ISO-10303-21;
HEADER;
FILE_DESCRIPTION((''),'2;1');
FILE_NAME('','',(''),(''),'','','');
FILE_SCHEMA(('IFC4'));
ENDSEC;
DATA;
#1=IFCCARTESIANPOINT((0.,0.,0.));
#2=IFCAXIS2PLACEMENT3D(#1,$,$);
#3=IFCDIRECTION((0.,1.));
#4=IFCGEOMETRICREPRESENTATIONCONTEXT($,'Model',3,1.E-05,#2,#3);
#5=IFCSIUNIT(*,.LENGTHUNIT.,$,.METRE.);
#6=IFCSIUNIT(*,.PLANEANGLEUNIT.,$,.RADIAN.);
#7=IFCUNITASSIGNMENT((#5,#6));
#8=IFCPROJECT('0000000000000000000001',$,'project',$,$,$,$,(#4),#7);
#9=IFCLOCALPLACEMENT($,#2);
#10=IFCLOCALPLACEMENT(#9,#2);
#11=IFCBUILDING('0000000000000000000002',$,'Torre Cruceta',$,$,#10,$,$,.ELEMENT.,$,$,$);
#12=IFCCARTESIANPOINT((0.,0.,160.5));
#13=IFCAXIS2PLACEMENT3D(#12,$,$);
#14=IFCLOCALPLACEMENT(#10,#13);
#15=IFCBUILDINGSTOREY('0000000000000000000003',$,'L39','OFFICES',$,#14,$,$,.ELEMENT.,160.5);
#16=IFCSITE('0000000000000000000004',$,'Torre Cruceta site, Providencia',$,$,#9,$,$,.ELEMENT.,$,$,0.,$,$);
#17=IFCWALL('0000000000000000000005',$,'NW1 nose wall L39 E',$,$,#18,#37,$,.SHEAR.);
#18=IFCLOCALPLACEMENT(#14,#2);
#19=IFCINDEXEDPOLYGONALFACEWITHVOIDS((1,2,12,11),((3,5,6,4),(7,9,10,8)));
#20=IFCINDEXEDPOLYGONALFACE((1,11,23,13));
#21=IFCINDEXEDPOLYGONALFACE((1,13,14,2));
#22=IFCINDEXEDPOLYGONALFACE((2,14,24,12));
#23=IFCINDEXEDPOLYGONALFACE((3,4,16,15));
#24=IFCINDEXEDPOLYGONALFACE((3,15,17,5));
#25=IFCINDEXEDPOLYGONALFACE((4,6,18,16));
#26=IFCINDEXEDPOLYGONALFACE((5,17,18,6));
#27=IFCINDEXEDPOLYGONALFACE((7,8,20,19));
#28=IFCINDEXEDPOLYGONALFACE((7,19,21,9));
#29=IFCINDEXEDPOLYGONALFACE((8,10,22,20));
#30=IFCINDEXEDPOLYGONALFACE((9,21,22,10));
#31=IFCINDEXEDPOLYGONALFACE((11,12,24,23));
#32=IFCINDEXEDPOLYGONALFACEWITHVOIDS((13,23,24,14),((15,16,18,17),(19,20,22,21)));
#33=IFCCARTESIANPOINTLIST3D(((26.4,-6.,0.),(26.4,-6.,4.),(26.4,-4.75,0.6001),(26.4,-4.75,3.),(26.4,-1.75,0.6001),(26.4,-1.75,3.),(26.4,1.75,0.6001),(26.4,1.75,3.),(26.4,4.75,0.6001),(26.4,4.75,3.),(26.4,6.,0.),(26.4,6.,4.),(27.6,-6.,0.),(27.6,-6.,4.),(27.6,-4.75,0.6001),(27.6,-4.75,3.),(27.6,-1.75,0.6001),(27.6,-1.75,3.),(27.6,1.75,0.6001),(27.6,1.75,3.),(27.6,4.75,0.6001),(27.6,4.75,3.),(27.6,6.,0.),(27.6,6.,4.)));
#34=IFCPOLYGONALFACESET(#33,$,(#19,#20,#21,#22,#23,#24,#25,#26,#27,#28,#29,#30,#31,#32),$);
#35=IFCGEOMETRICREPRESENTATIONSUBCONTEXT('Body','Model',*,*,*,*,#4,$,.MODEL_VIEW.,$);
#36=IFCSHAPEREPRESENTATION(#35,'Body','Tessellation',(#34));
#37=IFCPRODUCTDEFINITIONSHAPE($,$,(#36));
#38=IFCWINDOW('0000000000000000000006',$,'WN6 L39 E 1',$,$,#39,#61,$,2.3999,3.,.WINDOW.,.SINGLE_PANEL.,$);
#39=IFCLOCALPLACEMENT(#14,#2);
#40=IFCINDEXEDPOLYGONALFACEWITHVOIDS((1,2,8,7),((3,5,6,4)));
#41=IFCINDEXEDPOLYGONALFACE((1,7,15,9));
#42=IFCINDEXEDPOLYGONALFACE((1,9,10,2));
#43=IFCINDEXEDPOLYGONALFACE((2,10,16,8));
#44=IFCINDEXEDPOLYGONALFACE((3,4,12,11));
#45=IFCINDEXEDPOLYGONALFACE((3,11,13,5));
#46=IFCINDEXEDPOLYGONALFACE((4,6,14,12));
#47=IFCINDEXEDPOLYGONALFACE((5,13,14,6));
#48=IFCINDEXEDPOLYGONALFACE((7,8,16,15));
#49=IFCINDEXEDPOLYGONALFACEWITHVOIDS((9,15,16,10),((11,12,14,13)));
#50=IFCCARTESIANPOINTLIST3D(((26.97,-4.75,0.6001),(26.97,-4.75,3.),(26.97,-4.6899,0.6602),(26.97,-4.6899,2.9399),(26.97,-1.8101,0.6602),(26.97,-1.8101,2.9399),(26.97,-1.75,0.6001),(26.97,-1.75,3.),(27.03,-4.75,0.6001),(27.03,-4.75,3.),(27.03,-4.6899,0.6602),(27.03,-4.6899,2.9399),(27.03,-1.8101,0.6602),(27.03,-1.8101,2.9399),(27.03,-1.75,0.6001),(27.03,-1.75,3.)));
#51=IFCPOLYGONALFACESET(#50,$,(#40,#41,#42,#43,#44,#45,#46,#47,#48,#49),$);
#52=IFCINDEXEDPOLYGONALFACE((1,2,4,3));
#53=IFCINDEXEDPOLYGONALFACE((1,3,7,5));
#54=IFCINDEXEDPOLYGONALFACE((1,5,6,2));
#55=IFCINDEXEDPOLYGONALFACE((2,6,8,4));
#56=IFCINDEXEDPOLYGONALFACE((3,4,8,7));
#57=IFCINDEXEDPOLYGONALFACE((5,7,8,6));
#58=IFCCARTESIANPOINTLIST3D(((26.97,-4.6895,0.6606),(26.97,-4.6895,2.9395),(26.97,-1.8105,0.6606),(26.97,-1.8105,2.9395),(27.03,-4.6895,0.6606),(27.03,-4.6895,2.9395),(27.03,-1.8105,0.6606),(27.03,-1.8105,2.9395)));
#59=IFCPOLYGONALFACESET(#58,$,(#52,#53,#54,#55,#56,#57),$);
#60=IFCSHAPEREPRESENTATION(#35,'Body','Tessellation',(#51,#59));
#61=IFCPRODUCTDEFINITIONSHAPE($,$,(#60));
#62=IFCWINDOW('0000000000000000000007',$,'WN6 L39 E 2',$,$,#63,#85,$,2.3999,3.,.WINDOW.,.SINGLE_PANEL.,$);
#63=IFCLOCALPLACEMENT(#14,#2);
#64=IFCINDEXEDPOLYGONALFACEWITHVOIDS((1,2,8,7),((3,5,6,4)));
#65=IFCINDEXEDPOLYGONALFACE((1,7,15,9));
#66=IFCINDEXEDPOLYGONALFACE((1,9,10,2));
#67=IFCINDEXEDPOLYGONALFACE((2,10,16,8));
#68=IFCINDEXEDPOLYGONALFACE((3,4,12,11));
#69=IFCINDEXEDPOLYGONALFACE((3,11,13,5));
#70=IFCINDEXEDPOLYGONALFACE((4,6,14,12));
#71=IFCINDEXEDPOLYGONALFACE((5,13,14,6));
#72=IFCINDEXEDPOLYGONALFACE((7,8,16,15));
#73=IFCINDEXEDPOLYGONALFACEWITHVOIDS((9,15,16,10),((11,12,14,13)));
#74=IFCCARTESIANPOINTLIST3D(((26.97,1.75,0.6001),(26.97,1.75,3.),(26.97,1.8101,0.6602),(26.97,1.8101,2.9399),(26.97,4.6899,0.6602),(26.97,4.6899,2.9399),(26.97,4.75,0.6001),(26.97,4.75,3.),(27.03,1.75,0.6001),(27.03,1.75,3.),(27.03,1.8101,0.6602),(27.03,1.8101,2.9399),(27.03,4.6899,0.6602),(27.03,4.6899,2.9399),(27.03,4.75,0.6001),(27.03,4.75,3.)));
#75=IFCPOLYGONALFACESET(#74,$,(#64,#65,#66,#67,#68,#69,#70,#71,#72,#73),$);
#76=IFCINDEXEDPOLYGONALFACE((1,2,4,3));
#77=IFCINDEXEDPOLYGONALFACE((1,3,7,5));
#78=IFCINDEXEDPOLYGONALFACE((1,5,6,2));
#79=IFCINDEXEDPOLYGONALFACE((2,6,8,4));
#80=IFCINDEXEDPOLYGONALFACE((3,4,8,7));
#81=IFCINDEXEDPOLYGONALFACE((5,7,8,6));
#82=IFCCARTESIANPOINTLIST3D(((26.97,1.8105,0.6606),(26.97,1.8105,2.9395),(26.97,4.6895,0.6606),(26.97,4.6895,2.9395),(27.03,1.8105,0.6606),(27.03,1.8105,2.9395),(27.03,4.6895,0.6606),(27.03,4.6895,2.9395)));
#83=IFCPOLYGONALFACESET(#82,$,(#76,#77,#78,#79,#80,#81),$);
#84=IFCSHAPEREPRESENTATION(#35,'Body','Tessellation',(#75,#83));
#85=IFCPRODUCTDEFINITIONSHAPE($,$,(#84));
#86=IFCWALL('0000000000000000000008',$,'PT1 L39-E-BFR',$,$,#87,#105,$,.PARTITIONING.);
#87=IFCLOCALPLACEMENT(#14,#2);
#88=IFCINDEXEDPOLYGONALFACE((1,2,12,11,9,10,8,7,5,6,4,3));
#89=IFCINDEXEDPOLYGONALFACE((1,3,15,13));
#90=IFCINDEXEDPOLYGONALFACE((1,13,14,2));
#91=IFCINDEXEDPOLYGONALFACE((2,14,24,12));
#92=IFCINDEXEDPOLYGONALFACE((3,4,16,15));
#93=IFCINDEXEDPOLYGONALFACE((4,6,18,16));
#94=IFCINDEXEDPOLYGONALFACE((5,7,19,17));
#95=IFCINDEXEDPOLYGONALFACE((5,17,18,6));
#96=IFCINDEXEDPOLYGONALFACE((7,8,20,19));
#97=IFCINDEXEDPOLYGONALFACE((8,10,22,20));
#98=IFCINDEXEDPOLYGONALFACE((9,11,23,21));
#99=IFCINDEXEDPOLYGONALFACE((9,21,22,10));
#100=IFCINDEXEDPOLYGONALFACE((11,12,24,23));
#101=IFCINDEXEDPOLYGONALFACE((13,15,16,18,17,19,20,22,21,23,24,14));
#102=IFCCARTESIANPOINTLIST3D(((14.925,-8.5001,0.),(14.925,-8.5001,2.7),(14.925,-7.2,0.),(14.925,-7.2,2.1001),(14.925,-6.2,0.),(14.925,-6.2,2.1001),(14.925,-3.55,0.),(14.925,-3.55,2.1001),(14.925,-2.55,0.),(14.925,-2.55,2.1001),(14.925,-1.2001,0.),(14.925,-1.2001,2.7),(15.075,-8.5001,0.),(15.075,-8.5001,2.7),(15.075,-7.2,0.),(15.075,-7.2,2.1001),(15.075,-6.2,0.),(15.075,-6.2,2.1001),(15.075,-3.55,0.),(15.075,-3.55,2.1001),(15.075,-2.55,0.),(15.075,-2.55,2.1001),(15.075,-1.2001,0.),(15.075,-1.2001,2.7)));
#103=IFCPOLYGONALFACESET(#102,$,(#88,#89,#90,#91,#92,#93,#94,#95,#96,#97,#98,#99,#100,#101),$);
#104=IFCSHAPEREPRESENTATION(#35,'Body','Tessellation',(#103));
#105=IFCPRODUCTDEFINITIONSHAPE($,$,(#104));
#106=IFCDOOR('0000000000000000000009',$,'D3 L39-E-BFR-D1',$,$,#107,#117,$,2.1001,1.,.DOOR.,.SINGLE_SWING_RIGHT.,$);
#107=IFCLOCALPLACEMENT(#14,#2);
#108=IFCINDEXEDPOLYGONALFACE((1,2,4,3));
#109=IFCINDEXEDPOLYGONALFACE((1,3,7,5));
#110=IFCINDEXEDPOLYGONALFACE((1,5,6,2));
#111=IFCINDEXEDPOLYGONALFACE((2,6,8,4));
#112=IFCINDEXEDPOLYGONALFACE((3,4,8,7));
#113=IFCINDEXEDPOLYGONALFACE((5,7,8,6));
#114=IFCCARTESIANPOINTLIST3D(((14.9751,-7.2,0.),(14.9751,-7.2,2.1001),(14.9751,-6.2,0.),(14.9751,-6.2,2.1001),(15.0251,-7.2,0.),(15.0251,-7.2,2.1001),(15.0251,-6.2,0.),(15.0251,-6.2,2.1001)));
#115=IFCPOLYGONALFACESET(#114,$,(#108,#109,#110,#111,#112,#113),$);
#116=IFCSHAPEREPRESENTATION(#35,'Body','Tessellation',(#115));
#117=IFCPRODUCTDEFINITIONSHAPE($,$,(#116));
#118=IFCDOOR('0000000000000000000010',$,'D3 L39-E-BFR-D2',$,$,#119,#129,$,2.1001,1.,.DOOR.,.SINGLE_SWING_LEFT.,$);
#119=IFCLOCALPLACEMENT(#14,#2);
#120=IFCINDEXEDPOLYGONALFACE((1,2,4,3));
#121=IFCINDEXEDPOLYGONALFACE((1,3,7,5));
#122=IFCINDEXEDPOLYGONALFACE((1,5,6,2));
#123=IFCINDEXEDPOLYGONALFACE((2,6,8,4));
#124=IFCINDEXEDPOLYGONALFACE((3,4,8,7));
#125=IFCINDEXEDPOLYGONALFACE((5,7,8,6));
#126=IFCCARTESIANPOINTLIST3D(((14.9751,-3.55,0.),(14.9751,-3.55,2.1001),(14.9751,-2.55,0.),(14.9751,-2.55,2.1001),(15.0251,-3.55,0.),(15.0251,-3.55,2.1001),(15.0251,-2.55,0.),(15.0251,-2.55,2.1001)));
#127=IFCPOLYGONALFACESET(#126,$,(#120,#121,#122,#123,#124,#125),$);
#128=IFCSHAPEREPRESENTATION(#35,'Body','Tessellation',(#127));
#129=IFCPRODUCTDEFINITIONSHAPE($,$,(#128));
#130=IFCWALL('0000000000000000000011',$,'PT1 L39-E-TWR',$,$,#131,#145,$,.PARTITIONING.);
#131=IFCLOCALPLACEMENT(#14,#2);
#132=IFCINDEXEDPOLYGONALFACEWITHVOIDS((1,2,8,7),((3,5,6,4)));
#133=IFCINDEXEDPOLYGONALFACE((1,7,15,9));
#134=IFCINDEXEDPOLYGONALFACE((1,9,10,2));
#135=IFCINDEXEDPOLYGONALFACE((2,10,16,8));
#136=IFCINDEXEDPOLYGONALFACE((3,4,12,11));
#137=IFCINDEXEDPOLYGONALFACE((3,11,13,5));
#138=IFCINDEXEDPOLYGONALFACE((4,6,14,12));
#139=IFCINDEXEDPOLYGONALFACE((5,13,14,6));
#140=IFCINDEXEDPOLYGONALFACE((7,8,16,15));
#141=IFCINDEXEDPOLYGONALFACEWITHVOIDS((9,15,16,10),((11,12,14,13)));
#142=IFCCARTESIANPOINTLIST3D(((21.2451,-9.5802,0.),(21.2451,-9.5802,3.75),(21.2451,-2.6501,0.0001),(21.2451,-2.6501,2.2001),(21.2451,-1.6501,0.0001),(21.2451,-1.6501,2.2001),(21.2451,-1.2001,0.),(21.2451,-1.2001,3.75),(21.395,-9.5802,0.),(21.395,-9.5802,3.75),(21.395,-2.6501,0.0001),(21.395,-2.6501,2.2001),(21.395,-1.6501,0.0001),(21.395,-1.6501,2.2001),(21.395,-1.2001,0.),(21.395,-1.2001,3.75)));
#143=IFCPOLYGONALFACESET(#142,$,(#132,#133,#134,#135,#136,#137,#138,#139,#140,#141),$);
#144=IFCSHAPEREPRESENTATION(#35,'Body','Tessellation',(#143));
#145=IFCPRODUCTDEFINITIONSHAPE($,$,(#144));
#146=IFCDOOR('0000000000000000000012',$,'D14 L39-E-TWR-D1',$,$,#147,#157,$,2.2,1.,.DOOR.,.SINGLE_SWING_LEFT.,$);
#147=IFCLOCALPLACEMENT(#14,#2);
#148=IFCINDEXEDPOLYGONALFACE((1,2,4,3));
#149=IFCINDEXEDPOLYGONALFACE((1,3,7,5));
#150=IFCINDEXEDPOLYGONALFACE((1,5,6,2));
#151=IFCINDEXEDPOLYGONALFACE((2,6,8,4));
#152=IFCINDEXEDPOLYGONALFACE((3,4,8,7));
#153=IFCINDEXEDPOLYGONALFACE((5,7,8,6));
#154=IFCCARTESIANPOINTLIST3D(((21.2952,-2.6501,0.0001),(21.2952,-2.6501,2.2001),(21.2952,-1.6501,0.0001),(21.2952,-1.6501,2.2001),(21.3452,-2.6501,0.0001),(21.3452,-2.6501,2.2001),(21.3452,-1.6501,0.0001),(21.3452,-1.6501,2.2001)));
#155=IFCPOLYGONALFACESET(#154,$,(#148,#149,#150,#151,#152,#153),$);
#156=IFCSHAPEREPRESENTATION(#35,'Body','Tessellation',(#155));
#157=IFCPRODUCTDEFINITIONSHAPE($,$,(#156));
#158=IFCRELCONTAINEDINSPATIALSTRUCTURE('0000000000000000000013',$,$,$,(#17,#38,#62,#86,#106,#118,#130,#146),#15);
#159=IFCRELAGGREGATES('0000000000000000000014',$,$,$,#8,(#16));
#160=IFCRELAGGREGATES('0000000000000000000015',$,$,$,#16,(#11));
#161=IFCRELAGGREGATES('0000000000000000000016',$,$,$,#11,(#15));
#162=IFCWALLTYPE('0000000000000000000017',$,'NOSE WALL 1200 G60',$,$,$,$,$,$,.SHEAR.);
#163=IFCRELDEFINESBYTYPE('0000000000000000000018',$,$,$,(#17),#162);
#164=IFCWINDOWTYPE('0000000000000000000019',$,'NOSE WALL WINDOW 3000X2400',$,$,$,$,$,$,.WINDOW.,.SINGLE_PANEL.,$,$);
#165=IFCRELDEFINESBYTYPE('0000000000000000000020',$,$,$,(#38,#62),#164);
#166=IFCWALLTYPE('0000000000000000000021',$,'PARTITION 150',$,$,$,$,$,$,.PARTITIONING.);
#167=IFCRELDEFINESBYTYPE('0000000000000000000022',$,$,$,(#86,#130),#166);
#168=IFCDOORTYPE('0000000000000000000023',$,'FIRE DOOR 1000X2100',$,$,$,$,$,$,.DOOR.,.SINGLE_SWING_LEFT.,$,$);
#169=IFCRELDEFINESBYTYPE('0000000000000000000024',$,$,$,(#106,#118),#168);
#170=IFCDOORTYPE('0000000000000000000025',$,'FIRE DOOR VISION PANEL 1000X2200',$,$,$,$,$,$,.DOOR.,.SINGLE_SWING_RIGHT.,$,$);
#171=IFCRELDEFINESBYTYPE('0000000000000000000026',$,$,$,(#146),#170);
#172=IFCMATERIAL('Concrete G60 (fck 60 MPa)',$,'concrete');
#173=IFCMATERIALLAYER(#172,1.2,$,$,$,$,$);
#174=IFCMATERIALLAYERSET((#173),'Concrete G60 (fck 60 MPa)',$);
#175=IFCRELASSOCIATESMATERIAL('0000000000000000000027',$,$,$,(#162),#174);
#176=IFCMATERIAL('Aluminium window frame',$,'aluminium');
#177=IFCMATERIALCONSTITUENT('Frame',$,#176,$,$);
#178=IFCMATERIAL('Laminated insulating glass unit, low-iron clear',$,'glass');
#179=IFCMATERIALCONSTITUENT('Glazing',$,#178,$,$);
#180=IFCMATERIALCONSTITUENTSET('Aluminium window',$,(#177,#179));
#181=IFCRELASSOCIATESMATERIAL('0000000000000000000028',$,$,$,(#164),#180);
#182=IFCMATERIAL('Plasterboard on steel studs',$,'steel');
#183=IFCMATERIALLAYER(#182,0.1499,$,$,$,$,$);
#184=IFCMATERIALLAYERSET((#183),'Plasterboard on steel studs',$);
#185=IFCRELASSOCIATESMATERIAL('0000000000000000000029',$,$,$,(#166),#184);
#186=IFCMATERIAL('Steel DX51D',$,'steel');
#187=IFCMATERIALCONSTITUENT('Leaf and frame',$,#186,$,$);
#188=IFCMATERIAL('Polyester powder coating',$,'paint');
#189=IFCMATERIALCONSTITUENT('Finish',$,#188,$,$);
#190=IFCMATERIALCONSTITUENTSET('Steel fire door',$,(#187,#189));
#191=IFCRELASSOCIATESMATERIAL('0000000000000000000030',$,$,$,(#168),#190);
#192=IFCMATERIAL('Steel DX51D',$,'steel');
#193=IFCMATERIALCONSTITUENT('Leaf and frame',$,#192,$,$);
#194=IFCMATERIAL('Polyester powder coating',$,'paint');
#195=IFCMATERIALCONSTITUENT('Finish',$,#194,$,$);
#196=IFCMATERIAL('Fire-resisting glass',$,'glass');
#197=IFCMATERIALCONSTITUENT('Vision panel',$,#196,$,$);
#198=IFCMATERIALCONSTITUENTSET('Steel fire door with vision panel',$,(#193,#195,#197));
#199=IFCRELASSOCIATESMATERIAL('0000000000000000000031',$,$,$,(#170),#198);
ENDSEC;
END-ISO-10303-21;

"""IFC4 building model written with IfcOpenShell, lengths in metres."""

from ifc_helpers import new_model, si_unit, direction, frame, frame_2d, origin, place, context, subcontext, project, spatial, rectangle, hollow_rectangle, extrude, material, layer, layer_set, constituent, constituent_set, type_object, element, fill, save


model = new_model("IFC4")

# Units and contexts
model_context = context("Model", 3, precision=1e-05, world=origin(), true_north=direction((0.0, 1.0)))
body_context = subcontext(model_context, "Body", "Model", "MODEL_VIEW")
ifc_project = project(units=[si_unit("LENGTHUNIT", "METRE"), si_unit("PLANEANGLEUNIT", "RADIAN")], contexts=[model_context])

# Site, building, storey
site_placement = place(None, origin())
site = spatial("IfcSite", under=ifc_project, at=site_placement, Name="Torre Cruceta site, Providencia", CompositionType="ELEMENT", RefElevation=0.0)
building_placement = place(site_placement, origin())
building = spatial("IfcBuilding", under=site, at=building_placement, Name="Torre Cruceta", CompositionType="ELEMENT")
storey_placement = place(building_placement, frame((0.0, 0.0, 160.5)))
storey = spatial("IfcBuildingStorey", under=building, at=storey_placement, Name="L39", Description="OFFICES", CompositionType="ELEMENT", Elevation=160.5)

# Wall, openings, windows
ifc_material_1 = material(Name="Concrete G60 (fck 60 MPa)", Category="concrete")
ifc_layer_1 = layer(ifc_material_1, 1.2)
ifc_layer_set_1 = layer_set([ifc_layer_1], Name="Concrete G60 (fck 60 MPa)")
wall_type_1 = type_object("IfcWallType", Name="NOSE WALL 1200 G60", PredefinedType="SHEAR", material=ifc_layer_set_1)
wall_1_placement = place(storey_placement, frame((27.0, -6.0, 0.0), z_axis=(0.0, 0.0, 1.0), x_axis=(0.0, 1.0, 0.0)))
wall_1 = element("IfcWall", 1, at=wall_1_placement, inside=storey, type_object=wall_type_1, Name="NW1 nose wall L39 E", PredefinedType="SHEAR", context=body_context, shape_type="SweptSolid", body=[
    extrude(rectangle(XDim=12.0, YDim=1.2, at=frame_2d((6.0, 0.0))), origin(), (0.0, 0.0, 1.0), 4.0),
])
opening_1_placement = place(wall_1_placement, frame((1.25, 0.0, 0.6001)))
opening_1 = element("IfcOpeningElement", 2, at=opening_1_placement, cuts=wall_1, PredefinedType="OPENING", context=body_context, shape_type="SweptSolid", body=[
    extrude(rectangle(XDim=3.0, YDim=2.3999, at=frame_2d((1.5, 1.2))), frame((0.0, 0.6099, 0.0), z_axis=(0.0, -1.0, 0.0), x_axis=(1.0, 0.0, 0.0)), (0.0, 0.0, 1.0), 1.22),
])
opening_2_placement = place(wall_1_placement, frame((7.75, 0.0, 0.6001)))
opening_2 = element("IfcOpeningElement", 3, at=opening_2_placement, cuts=wall_1, PredefinedType="OPENING", context=body_context, shape_type="SweptSolid", body=[
    extrude(rectangle(XDim=3.0, YDim=2.3999, at=frame_2d((1.5, 1.2))), frame((0.0, 0.6099, 0.0), z_axis=(0.0, -1.0, 0.0), x_axis=(1.0, 0.0, 0.0)), (0.0, 0.0, 1.0), 1.22),
])
ifc_material_2 = material(Name="Aluminium window frame", Category="aluminium")
ifc_constituent_1 = constituent(ifc_material_2, Name="Frame")
ifc_material_3 = material(Name="Laminated insulating glass unit, low-iron clear", Category="glass")
ifc_constituent_2 = constituent(ifc_material_3, Name="Glazing")
ifc_constituent_set_1 = constituent_set(constituents=[ifc_constituent_1, ifc_constituent_2], Name="Aluminium window")
window_type_1 = type_object("IfcWindowType", Name="NOSE WALL WINDOW 3000X2400", PartitioningType="SINGLE_PANEL", PredefinedType="WINDOW", material=ifc_constituent_set_1)
window_1_placement = place(opening_1_placement, origin())
window_1 = element("IfcWindow", 4, at=window_1_placement, inside=storey, type_object=window_type_1, Name="WN6 L39 E 1", OverallHeight=2.3999, OverallWidth=3.0, PartitioningType="SINGLE_PANEL", PredefinedType="WINDOW", context=body_context, shape_type="SweptSolid", body=[
    extrude(hollow_rectangle(XDim=3.0, YDim=2.3999, WallThickness=0.0601, at=frame_2d((1.5, 1.2))), frame((0.0, 0.03, 0.0), z_axis=(0.0, -1.0, 0.0), x_axis=(1.0, 0.0, 0.0)), (0.0, 0.0, 1.0), 0.0601),
    extrude(rectangle(XDim=2.8789, YDim=2.2788, at=frame_2d((1.5, 1.2))), frame((0.0, 0.03, 0.0), z_axis=(0.0, -1.0, 0.0), x_axis=(1.0, 0.0, 0.0)), (0.0, 0.0, 1.0), 0.0601),
])
fill(opening_1, window_1)
window_2_placement = place(opening_2_placement, origin())
window_2 = element("IfcWindow", 5, at=window_2_placement, inside=storey, type_object=window_type_1, Name="WN6 L39 E 2", OverallHeight=2.3999, OverallWidth=3.0, PartitioningType="SINGLE_PANEL", PredefinedType="WINDOW", context=body_context, shape_type="SweptSolid", body=[
    extrude(hollow_rectangle(XDim=3.0, YDim=2.3999, WallThickness=0.0601, at=frame_2d((1.5, 1.2))), frame((0.0, 0.03, 0.0), z_axis=(0.0, -1.0, 0.0), x_axis=(1.0, 0.0, 0.0)), (0.0, 0.0, 1.0), 0.0601),
    extrude(rectangle(XDim=2.8789, YDim=2.2788, at=frame_2d((1.5, 1.2))), frame((0.0, 0.03, 0.0), z_axis=(0.0, -1.0, 0.0), x_axis=(1.0, 0.0, 0.0)), (0.0, 0.0, 1.0), 0.0601),
])
fill(opening_2, window_2)

# Wall, openings, doors
ifc_material_4 = material(Name="Plasterboard on steel studs", Category="steel")
ifc_layer_2 = layer(ifc_material_4, 0.1499)
ifc_layer_set_2 = layer_set([ifc_layer_2], Name="Plasterboard on steel studs")
wall_type_2 = type_object("IfcWallType", Name="PARTITION 150", PredefinedType="PARTITIONING", material=ifc_layer_set_2)
wall_2_placement = place(storey_placement, frame((15.0, -8.5, 0.0), z_axis=(0.0, 0.0, 1.0), x_axis=(0.0, 1.0, 0.0)))
wall_2 = element("IfcWall", 6, at=wall_2_placement, inside=storey, type_object=wall_type_2, Name="PT1 L39-E-BFR", PredefinedType="PARTITIONING", context=body_context, shape_type="SweptSolid", body=[
    extrude(rectangle(XDim=7.3, YDim=0.1499, at=frame_2d((3.6499, 0.0))), origin(), (0.0, 0.0, 1.0), 2.7),
])
opening_3_placement = place(wall_2_placement, frame((1.3, 0.0, 0.0)))
opening_3 = element("IfcOpeningElement", 7, at=opening_3_placement, cuts=wall_2, PredefinedType="OPENING", context=body_context, shape_type="SweptSolid", body=[
    extrude(rectangle(XDim=1.0, YDim=2.1001, at=frame_2d((0.5, 1.05))), frame((0.0, 0.085, 0.0), z_axis=(0.0, -1.0, 0.0), x_axis=(1.0, 0.0, 0.0)), (0.0, 0.0, 1.0), 0.1699),
])
opening_4_placement = place(wall_2_placement, frame((4.95, 0.0, 0.0)))
opening_4 = element("IfcOpeningElement", 8, at=opening_4_placement, cuts=wall_2, PredefinedType="OPENING", context=body_context, shape_type="SweptSolid", body=[
    extrude(rectangle(XDim=1.0, YDim=2.1001, at=frame_2d((0.5, 1.05))), frame((0.0, 0.085, 0.0), z_axis=(0.0, -1.0, 0.0), x_axis=(1.0, 0.0, 0.0)), (0.0, 0.0, 1.0), 0.1699),
])
ifc_material_5 = material(Name="Steel DX51D", Category="steel")
ifc_constituent_3 = constituent(ifc_material_5, Name="Leaf and frame")
ifc_material_6 = material(Name="Polyester powder coating", Category="paint")
ifc_constituent_4 = constituent(ifc_material_6, Name="Finish")
ifc_constituent_set_2 = constituent_set(constituents=[ifc_constituent_3, ifc_constituent_4], Name="Steel fire door")
door_type_1 = type_object("IfcDoorType", Name="FIRE DOOR 1000X2100", OperationType="SINGLE_SWING_LEFT", PredefinedType="DOOR", material=ifc_constituent_set_2)
door_1_placement = place(opening_3_placement, origin())
door_1 = element("IfcDoor", 9, at=door_1_placement, inside=storey, type_object=door_type_1, Name="D3 L39-E-BFR-D1", OperationType="SINGLE_SWING_RIGHT", OverallHeight=2.1001, OverallWidth=1.0, PredefinedType="DOOR", context=body_context, shape_type="SweptSolid", body=[
    extrude(rectangle(XDim=1.0, YDim=2.1001, at=frame_2d((0.5, 1.05))), frame((0.0, 0.0249, 0.0), z_axis=(0.0, -1.0, 0.0), x_axis=(1.0, 0.0, 0.0)), (0.0, 0.0, 1.0), 0.05),
])
fill(opening_3, door_1)
door_2_placement = place(opening_4_placement, origin())
door_2 = element("IfcDoor", 10, at=door_2_placement, inside=storey, type_object=door_type_1, Name="D3 L39-E-BFR-D2", OperationType="SINGLE_SWING_LEFT", OverallHeight=2.1001, OverallWidth=1.0, PredefinedType="DOOR", context=body_context, shape_type="SweptSolid", body=[
    extrude(rectangle(XDim=1.0, YDim=2.1001, at=frame_2d((0.5, 1.05))), frame((0.0, 0.0249, 0.0), z_axis=(0.0, -1.0, 0.0), x_axis=(1.0, 0.0, 0.0)), (0.0, 0.0, 1.0), 0.05),
])
fill(opening_4, door_2)

# Wall, opening, door
wall_3_placement = place(storey_placement, frame((21.3201, -9.5801, 0.0), z_axis=(0.0, 0.0, 1.0), x_axis=(0.0, 1.0, 0.0)))
wall_3 = element("IfcWall", 11, at=wall_3_placement, inside=storey, type_object=wall_type_2, Name="PT1 L39-E-TWR", PredefinedType="PARTITIONING", context=body_context, shape_type="SweptSolid", body=[
    extrude(rectangle(XDim=8.3801, YDim=0.1499, at=frame_2d((4.1899, 0.0))), origin(), (0.0, 0.0, 1.0), 3.75),
])
opening_5_placement = place(wall_3_placement, frame((6.9299, 0.0, 0.0)))
opening_5 = element("IfcOpeningElement", 12, at=opening_5_placement, cuts=wall_3, PredefinedType="OPENING", context=body_context, shape_type="SweptSolid", body=[
    extrude(rectangle(XDim=1.0, YDim=2.2, at=frame_2d((0.5, 1.1001))), frame((0.0, 0.085, 0.0), z_axis=(0.0, -1.0, 0.0), x_axis=(1.0, 0.0, 0.0)), (0.0, 0.0, 1.0), 0.1699),
])
ifc_material_7 = material(Name="Steel DX51D", Category="steel")
ifc_constituent_5 = constituent(ifc_material_7, Name="Leaf and frame")
ifc_material_8 = material(Name="Polyester powder coating", Category="paint")
ifc_constituent_6 = constituent(ifc_material_8, Name="Finish")
ifc_material_9 = material(Name="Fire-resisting glass", Category="glass")
ifc_constituent_7 = constituent(ifc_material_9, Name="Vision panel")
ifc_constituent_set_3 = constituent_set(constituents=[ifc_constituent_5, ifc_constituent_6, ifc_constituent_7], Name="Steel fire door with vision panel")
door_type_2 = type_object("IfcDoorType", Name="FIRE DOOR VISION PANEL 1000X2200", OperationType="SINGLE_SWING_RIGHT", PredefinedType="DOOR", material=ifc_constituent_set_3)
door_3_placement = place(opening_5_placement, frame((1.0, 0.0, 0.0), z_axis=(0.0, 0.0, 1.0), x_axis=(-1.0, 0.0, 0.0)))
door_3 = element("IfcDoor", 13, at=door_3_placement, inside=storey, type_object=door_type_2, Name="D14 L39-E-TWR-D1", OperationType="SINGLE_SWING_LEFT", OverallHeight=2.2, OverallWidth=1.0, PredefinedType="DOOR", context=body_context, shape_type="SweptSolid", body=[
    extrude(rectangle(XDim=1.0, YDim=2.2, at=frame_2d((0.5, 1.1001))), frame((0.0, 0.0251, 0.0), z_axis=(0.0, -1.0, 0.0), x_axis=(1.0, 0.0, 0.0)), (0.0, 0.0, 1.0), 0.05),
])
fill(opening_5, door_3)

save(model, "model.ifc")
